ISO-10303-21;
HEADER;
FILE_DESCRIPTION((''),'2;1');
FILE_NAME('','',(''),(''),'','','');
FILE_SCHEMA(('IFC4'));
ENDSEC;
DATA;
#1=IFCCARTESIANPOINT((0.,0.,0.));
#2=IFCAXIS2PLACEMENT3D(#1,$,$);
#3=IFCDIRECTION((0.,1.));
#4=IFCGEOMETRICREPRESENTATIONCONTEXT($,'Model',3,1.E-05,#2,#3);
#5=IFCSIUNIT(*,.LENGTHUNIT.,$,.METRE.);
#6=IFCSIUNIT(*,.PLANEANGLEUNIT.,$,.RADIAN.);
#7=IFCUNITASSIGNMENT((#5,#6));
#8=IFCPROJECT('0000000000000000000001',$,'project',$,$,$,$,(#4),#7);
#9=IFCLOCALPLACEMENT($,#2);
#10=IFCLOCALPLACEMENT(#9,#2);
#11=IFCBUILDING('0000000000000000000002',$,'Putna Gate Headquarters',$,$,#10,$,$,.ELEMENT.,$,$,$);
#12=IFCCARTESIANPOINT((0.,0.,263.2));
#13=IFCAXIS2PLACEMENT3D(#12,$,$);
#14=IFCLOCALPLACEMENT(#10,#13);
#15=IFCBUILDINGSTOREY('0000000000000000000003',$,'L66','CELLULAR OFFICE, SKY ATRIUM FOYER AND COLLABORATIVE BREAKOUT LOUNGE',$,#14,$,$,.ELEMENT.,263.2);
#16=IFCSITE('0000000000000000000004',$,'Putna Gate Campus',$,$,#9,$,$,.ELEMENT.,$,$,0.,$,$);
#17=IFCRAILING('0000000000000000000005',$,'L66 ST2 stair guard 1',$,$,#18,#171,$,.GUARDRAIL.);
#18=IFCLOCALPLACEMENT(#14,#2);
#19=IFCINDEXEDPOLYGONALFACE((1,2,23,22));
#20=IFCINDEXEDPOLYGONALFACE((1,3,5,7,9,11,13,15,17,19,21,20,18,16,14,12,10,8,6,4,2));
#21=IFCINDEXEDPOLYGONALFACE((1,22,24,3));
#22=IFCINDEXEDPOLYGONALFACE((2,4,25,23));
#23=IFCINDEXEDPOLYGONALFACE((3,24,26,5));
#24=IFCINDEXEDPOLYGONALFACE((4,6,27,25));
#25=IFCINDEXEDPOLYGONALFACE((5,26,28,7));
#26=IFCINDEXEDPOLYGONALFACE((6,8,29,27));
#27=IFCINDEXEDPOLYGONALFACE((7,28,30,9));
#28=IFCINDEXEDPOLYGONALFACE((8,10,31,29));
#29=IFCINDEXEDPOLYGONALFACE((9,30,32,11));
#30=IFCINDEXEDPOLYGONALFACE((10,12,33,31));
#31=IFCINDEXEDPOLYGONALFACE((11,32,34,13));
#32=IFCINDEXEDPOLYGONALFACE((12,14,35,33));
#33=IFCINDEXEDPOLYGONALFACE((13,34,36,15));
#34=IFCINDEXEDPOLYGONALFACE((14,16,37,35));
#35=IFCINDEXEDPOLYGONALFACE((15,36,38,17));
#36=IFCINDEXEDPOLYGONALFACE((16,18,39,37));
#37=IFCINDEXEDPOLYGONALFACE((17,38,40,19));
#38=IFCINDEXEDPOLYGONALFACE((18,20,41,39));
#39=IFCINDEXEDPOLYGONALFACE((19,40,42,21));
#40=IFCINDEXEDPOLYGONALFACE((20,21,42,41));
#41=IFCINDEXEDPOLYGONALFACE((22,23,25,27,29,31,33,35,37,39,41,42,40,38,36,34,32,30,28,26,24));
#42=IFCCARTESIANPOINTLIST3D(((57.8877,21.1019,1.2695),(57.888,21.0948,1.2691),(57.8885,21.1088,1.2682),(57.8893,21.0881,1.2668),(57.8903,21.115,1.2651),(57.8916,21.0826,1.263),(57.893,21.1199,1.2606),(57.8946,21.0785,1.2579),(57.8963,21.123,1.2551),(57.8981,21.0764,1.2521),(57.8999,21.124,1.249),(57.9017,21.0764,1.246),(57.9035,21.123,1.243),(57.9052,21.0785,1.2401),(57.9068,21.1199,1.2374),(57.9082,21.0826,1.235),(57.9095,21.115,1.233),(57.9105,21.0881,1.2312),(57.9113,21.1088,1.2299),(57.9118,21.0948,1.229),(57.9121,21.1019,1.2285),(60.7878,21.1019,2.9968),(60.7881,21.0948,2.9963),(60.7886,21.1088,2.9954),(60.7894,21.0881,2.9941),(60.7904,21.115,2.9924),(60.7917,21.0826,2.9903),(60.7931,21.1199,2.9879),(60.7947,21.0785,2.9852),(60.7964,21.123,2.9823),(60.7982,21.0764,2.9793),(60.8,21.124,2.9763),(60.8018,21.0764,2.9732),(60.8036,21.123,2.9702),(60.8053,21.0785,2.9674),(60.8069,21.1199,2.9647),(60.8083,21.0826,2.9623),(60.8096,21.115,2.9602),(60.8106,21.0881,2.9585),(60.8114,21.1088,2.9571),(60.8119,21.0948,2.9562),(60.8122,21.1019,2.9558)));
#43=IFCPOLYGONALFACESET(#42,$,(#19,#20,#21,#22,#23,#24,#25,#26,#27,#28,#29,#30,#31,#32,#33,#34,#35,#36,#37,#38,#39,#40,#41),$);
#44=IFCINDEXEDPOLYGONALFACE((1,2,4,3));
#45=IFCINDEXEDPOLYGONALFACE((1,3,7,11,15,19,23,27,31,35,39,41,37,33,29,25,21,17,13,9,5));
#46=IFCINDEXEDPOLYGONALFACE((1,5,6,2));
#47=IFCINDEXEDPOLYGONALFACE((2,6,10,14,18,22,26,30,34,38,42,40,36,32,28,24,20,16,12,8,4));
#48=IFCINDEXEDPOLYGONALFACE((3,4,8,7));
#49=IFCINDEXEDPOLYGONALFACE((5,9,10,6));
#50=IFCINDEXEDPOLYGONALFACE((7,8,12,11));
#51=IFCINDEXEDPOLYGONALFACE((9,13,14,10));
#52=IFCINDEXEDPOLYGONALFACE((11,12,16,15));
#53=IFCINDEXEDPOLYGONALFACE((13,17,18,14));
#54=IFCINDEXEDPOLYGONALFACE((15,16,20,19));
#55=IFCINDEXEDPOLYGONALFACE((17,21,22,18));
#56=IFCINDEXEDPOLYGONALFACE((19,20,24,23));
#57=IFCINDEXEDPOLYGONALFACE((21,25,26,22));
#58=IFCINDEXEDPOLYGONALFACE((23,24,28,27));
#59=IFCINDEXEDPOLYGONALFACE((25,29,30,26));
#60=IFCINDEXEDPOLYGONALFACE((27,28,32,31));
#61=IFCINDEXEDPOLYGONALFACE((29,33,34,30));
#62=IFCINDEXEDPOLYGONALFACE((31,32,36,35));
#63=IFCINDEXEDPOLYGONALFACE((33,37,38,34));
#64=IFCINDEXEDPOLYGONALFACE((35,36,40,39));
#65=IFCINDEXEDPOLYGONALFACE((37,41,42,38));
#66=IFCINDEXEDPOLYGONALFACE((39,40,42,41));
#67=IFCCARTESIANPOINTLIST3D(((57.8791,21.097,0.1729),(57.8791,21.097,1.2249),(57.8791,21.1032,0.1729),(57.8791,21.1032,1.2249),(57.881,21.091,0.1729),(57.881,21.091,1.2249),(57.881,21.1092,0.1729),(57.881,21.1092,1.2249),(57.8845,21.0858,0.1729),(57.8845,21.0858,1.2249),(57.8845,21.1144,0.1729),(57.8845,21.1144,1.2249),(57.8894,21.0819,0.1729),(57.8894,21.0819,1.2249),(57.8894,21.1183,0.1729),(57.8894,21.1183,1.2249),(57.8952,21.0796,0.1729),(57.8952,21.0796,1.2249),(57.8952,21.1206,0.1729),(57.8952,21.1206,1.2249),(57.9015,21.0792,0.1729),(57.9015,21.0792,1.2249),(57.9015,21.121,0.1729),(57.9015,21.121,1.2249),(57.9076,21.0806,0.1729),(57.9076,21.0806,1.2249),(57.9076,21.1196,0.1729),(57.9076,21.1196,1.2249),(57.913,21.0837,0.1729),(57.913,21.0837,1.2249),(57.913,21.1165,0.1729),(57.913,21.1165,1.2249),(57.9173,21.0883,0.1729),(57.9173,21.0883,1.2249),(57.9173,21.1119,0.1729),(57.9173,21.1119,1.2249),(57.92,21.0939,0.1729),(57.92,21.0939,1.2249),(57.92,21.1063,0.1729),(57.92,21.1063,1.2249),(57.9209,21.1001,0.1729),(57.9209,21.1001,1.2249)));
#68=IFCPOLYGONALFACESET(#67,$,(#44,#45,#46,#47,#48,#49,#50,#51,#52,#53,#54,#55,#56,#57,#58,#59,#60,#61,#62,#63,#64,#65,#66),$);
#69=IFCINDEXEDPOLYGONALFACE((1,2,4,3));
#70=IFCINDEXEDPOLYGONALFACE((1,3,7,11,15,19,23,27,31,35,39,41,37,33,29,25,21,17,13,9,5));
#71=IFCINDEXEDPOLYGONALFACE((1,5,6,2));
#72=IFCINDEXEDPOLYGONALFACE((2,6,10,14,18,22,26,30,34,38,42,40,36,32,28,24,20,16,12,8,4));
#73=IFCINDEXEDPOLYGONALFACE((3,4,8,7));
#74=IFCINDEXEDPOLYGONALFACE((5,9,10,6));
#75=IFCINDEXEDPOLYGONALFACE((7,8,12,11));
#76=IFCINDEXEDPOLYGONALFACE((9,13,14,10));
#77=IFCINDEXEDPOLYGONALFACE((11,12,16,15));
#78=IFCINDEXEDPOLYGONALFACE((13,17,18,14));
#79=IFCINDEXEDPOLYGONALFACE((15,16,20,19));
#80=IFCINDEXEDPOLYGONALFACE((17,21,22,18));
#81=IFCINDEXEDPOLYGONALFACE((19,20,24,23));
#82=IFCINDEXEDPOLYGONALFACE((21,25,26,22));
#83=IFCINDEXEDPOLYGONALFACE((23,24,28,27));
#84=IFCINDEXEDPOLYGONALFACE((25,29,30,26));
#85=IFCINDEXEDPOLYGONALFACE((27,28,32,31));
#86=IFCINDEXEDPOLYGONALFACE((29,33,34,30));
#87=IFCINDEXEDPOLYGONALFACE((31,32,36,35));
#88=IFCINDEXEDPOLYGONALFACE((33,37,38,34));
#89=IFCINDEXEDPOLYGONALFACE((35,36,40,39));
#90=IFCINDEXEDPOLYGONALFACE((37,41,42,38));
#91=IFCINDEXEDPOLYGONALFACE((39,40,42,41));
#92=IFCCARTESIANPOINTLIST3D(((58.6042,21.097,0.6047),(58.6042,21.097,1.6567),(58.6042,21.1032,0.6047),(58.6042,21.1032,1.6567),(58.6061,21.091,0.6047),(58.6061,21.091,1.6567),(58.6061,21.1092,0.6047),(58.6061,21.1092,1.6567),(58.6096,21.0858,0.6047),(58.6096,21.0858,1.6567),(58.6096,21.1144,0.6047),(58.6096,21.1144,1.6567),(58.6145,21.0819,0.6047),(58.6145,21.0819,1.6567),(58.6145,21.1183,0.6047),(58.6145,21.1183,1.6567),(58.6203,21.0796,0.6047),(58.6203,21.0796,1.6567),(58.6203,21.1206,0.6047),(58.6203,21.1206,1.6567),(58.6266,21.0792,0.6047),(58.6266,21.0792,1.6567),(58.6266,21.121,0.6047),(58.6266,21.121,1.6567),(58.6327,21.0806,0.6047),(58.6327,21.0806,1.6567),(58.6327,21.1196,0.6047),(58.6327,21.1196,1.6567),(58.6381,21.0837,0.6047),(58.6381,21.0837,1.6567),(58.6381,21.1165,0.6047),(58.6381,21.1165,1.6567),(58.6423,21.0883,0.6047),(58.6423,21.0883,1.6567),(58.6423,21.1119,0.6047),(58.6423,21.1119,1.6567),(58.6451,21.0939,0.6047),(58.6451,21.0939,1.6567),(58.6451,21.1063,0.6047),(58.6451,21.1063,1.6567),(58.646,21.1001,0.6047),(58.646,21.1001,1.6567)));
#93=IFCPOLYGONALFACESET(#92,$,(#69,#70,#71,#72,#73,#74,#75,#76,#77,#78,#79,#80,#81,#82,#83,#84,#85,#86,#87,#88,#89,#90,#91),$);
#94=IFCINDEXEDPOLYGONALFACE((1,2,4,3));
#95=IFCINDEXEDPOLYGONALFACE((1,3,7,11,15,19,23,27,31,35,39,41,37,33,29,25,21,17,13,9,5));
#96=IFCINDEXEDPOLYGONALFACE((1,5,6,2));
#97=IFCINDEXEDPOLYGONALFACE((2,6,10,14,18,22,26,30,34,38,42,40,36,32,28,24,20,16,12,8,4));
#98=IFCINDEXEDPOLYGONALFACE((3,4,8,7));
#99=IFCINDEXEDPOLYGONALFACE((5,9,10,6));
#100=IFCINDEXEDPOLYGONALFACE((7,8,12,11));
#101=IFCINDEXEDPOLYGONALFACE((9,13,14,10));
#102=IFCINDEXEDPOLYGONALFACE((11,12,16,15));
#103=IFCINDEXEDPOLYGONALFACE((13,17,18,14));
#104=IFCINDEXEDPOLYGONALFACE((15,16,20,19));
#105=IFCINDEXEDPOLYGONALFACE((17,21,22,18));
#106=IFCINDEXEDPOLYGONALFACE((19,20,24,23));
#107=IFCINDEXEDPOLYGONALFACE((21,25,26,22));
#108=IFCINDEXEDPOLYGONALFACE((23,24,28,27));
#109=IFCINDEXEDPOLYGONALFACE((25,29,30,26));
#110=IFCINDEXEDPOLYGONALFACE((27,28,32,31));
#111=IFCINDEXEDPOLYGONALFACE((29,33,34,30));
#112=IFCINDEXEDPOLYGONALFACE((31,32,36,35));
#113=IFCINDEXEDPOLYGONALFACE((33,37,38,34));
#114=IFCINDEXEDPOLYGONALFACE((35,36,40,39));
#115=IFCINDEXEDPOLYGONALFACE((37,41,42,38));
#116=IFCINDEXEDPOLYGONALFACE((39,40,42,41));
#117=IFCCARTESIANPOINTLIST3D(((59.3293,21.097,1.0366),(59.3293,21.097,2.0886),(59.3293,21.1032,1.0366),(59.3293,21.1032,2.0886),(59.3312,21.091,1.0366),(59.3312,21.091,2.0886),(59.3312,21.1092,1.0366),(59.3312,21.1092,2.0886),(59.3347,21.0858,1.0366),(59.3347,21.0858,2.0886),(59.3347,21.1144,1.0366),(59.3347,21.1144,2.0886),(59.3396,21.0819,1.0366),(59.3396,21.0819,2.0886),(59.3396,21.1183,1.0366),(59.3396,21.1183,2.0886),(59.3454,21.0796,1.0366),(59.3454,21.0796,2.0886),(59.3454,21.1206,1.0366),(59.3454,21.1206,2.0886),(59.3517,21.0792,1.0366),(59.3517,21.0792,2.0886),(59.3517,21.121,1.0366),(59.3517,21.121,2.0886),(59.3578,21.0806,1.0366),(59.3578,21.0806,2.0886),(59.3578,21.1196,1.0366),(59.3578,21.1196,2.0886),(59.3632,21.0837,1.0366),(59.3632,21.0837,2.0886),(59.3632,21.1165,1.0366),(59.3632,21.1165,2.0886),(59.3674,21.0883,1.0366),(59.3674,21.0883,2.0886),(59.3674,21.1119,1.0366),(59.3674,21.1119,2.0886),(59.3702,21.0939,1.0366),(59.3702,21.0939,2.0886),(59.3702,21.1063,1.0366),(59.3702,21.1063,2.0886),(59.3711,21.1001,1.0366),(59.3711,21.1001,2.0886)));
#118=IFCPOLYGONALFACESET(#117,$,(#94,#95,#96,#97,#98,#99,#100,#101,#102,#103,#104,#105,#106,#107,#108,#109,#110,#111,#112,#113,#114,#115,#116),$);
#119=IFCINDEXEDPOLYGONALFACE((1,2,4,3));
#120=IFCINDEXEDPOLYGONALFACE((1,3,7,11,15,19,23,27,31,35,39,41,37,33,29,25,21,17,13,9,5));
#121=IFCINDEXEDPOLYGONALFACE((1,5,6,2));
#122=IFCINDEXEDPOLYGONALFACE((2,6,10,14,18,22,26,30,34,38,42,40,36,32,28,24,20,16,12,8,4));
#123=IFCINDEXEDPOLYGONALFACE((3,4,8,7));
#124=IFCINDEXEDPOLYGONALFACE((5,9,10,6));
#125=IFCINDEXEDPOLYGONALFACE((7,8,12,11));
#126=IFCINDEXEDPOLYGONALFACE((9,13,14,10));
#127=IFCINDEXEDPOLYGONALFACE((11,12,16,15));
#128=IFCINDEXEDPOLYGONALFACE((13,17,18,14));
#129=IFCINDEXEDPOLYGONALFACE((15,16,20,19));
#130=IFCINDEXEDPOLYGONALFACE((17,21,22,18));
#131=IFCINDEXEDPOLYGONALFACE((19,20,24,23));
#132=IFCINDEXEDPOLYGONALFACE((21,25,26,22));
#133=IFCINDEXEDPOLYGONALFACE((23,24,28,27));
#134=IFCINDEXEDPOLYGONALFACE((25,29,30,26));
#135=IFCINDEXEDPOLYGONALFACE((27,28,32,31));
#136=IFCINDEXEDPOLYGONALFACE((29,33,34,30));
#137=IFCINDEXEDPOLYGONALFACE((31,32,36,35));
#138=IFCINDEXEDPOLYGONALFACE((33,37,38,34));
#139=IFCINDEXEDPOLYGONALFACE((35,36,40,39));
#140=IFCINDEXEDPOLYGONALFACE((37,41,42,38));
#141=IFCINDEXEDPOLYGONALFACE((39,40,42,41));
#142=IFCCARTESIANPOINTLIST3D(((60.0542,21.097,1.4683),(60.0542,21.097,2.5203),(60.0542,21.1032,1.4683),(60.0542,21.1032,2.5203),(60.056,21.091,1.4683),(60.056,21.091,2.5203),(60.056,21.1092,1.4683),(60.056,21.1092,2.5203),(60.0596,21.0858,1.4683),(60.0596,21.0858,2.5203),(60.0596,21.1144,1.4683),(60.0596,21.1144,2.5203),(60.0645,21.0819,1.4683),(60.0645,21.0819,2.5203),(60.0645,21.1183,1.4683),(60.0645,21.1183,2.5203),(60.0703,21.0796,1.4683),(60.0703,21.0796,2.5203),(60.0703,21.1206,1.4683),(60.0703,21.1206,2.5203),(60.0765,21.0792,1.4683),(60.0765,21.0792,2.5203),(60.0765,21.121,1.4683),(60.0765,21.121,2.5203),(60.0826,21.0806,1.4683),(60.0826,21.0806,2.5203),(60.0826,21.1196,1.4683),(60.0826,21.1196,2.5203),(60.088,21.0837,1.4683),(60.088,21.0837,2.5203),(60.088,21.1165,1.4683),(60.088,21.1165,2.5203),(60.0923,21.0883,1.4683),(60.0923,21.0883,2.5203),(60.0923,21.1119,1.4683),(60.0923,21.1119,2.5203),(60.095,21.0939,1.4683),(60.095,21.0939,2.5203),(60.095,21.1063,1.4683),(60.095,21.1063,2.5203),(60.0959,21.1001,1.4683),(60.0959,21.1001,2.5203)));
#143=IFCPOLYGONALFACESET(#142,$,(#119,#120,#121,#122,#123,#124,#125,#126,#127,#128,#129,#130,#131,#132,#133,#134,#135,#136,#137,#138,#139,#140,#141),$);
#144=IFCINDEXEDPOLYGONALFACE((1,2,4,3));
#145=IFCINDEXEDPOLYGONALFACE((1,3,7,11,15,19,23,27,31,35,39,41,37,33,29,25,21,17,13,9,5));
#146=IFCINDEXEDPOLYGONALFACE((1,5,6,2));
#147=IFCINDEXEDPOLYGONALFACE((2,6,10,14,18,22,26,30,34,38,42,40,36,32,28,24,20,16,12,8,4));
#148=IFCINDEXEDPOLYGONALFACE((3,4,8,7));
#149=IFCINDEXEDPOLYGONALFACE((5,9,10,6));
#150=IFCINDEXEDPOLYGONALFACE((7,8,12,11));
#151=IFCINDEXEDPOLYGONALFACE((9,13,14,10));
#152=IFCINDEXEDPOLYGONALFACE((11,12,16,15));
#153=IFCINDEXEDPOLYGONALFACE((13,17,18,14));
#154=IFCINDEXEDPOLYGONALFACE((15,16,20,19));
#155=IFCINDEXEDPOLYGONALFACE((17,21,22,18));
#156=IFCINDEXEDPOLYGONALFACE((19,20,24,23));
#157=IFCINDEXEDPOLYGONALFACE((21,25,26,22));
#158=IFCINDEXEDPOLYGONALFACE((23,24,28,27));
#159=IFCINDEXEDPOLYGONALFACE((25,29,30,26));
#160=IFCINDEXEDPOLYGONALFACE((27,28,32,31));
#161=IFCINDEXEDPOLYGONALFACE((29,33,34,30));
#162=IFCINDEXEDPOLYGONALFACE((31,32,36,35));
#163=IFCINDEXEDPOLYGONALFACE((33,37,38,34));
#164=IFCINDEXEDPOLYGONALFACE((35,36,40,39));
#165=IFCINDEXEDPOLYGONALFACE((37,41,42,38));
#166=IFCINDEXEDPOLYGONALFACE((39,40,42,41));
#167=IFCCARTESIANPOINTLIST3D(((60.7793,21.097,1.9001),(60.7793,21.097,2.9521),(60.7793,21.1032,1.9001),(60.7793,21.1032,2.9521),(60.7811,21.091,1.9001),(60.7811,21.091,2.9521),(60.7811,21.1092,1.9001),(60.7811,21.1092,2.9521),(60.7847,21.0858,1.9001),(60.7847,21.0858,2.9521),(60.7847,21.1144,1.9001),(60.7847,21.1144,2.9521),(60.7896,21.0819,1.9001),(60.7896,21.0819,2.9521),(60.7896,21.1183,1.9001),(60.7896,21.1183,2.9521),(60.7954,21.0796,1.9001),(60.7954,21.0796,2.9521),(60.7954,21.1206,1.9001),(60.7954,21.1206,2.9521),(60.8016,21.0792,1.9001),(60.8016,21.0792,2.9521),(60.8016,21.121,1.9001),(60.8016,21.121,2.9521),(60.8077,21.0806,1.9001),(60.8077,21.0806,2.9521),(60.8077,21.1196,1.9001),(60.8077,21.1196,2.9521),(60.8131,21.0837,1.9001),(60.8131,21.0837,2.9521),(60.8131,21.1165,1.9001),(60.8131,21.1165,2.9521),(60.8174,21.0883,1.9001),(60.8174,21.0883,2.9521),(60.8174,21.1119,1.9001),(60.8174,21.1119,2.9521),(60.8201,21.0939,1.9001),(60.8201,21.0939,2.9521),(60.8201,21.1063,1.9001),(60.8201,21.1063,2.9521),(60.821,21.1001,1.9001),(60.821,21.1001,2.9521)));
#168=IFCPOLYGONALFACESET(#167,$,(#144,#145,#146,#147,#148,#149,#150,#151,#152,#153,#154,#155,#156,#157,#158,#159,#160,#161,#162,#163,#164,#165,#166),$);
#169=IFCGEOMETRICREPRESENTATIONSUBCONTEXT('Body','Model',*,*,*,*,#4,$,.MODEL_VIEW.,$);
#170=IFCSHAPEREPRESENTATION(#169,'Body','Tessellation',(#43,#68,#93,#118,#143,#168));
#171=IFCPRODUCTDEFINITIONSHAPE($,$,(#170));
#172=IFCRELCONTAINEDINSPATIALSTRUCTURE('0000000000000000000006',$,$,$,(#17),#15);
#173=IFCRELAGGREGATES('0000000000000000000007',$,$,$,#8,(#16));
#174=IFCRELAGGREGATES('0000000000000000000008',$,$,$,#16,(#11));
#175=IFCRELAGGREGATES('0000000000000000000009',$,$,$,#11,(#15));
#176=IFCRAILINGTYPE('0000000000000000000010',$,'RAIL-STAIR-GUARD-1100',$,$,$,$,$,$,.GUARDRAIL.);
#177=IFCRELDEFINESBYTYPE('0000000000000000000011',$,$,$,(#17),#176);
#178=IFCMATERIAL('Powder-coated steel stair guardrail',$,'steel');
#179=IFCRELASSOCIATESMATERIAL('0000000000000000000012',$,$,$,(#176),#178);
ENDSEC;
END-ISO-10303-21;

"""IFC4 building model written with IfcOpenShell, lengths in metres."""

from ifc_helpers import new_model, si_unit, direction, frame, origin, origin_2d, place, context, subcontext, project, spatial, circle, extrude, material, type_object, element, save


model = new_model("IFC4")

# Units and contexts
model_context = context("Model", 3, precision=1e-05, world=origin(), true_north=direction((0.0, 1.0)))
body_context = subcontext(model_context, "Body", "Model", "MODEL_VIEW")
ifc_project = project(units=[si_unit("LENGTHUNIT", "METRE"), si_unit("PLANEANGLEUNIT", "RADIAN")], contexts=[model_context])

# Site, building, storey
site_placement = place(None, origin())
site = spatial("IfcSite", under=ifc_project, at=site_placement, Name="Putna Gate Campus", CompositionType="ELEMENT", RefElevation=0.0)
building_placement = place(site_placement, origin())
building = spatial("IfcBuilding", under=site, at=building_placement, Name="Putna Gate Headquarters", CompositionType="ELEMENT")
storey_placement = place(building_placement, frame((0.0, 0.0, 263.2)))
storey = spatial("IfcBuildingStorey", under=building, at=storey_placement, Name="L66", Description="CELLULAR OFFICE, SKY ATRIUM FOYER AND COLLABORATIVE BREAKOUT LOUNGE", CompositionType="ELEMENT", Elevation=263.2)

# Railing
ifc_material_1 = material(Name="Powder-coated steel stair guardrail", Category="steel")
railing_type_1 = type_object("IfcRailingType", Name="RAIL-STAIR-GUARD-1100", PredefinedType="GUARDRAIL", material=ifc_material_1)
railing_1_placement = place(storey_placement, frame((57.8999, 21.1001, 0.1729)))
element("IfcRailing", 1, at=railing_1_placement, inside=storey, type_object=railing_type_1, Name="L66 ST2 stair guard 1", PredefinedType="GUARDRAIL", context=body_context, shape_type="SweptSolid", body=[
    extrude(circle(Radius=0.0239, at=origin_2d()), frame((0.0, 0.0, 1.0762), z_axis=(0.85916, 0.0, 0.511706), x_axis=(0.0, 1.0, 0.0)), (0.0, 0.0, 1.0), 3.3755),
    extrude(circle(Radius=0.021, at=origin_2d()), origin(), (0.0, 0.0, 1.0), 1.052),
    extrude(circle(Radius=0.021, at=origin_2d()), frame((0.7251, 0.0, 0.4319)), (0.0, 0.0, 1.0), 1.052),
    extrude(circle(Radius=0.021, at=origin_2d()), frame((1.4502, 0.0, 0.8638)), (0.0, 0.0, 1.0), 1.052),
    extrude(circle(Radius=0.021, at=origin_2d()), frame((2.175, 0.0, 1.2954)), (0.0, 0.0, 1.0), 1.052),
    extrude(circle(Radius=0.021, at=origin_2d()), frame((2.9001, 0.0, 1.7273)), (0.0, 0.0, 1.0), 1.052),
])

save(model, "model.ifc")
